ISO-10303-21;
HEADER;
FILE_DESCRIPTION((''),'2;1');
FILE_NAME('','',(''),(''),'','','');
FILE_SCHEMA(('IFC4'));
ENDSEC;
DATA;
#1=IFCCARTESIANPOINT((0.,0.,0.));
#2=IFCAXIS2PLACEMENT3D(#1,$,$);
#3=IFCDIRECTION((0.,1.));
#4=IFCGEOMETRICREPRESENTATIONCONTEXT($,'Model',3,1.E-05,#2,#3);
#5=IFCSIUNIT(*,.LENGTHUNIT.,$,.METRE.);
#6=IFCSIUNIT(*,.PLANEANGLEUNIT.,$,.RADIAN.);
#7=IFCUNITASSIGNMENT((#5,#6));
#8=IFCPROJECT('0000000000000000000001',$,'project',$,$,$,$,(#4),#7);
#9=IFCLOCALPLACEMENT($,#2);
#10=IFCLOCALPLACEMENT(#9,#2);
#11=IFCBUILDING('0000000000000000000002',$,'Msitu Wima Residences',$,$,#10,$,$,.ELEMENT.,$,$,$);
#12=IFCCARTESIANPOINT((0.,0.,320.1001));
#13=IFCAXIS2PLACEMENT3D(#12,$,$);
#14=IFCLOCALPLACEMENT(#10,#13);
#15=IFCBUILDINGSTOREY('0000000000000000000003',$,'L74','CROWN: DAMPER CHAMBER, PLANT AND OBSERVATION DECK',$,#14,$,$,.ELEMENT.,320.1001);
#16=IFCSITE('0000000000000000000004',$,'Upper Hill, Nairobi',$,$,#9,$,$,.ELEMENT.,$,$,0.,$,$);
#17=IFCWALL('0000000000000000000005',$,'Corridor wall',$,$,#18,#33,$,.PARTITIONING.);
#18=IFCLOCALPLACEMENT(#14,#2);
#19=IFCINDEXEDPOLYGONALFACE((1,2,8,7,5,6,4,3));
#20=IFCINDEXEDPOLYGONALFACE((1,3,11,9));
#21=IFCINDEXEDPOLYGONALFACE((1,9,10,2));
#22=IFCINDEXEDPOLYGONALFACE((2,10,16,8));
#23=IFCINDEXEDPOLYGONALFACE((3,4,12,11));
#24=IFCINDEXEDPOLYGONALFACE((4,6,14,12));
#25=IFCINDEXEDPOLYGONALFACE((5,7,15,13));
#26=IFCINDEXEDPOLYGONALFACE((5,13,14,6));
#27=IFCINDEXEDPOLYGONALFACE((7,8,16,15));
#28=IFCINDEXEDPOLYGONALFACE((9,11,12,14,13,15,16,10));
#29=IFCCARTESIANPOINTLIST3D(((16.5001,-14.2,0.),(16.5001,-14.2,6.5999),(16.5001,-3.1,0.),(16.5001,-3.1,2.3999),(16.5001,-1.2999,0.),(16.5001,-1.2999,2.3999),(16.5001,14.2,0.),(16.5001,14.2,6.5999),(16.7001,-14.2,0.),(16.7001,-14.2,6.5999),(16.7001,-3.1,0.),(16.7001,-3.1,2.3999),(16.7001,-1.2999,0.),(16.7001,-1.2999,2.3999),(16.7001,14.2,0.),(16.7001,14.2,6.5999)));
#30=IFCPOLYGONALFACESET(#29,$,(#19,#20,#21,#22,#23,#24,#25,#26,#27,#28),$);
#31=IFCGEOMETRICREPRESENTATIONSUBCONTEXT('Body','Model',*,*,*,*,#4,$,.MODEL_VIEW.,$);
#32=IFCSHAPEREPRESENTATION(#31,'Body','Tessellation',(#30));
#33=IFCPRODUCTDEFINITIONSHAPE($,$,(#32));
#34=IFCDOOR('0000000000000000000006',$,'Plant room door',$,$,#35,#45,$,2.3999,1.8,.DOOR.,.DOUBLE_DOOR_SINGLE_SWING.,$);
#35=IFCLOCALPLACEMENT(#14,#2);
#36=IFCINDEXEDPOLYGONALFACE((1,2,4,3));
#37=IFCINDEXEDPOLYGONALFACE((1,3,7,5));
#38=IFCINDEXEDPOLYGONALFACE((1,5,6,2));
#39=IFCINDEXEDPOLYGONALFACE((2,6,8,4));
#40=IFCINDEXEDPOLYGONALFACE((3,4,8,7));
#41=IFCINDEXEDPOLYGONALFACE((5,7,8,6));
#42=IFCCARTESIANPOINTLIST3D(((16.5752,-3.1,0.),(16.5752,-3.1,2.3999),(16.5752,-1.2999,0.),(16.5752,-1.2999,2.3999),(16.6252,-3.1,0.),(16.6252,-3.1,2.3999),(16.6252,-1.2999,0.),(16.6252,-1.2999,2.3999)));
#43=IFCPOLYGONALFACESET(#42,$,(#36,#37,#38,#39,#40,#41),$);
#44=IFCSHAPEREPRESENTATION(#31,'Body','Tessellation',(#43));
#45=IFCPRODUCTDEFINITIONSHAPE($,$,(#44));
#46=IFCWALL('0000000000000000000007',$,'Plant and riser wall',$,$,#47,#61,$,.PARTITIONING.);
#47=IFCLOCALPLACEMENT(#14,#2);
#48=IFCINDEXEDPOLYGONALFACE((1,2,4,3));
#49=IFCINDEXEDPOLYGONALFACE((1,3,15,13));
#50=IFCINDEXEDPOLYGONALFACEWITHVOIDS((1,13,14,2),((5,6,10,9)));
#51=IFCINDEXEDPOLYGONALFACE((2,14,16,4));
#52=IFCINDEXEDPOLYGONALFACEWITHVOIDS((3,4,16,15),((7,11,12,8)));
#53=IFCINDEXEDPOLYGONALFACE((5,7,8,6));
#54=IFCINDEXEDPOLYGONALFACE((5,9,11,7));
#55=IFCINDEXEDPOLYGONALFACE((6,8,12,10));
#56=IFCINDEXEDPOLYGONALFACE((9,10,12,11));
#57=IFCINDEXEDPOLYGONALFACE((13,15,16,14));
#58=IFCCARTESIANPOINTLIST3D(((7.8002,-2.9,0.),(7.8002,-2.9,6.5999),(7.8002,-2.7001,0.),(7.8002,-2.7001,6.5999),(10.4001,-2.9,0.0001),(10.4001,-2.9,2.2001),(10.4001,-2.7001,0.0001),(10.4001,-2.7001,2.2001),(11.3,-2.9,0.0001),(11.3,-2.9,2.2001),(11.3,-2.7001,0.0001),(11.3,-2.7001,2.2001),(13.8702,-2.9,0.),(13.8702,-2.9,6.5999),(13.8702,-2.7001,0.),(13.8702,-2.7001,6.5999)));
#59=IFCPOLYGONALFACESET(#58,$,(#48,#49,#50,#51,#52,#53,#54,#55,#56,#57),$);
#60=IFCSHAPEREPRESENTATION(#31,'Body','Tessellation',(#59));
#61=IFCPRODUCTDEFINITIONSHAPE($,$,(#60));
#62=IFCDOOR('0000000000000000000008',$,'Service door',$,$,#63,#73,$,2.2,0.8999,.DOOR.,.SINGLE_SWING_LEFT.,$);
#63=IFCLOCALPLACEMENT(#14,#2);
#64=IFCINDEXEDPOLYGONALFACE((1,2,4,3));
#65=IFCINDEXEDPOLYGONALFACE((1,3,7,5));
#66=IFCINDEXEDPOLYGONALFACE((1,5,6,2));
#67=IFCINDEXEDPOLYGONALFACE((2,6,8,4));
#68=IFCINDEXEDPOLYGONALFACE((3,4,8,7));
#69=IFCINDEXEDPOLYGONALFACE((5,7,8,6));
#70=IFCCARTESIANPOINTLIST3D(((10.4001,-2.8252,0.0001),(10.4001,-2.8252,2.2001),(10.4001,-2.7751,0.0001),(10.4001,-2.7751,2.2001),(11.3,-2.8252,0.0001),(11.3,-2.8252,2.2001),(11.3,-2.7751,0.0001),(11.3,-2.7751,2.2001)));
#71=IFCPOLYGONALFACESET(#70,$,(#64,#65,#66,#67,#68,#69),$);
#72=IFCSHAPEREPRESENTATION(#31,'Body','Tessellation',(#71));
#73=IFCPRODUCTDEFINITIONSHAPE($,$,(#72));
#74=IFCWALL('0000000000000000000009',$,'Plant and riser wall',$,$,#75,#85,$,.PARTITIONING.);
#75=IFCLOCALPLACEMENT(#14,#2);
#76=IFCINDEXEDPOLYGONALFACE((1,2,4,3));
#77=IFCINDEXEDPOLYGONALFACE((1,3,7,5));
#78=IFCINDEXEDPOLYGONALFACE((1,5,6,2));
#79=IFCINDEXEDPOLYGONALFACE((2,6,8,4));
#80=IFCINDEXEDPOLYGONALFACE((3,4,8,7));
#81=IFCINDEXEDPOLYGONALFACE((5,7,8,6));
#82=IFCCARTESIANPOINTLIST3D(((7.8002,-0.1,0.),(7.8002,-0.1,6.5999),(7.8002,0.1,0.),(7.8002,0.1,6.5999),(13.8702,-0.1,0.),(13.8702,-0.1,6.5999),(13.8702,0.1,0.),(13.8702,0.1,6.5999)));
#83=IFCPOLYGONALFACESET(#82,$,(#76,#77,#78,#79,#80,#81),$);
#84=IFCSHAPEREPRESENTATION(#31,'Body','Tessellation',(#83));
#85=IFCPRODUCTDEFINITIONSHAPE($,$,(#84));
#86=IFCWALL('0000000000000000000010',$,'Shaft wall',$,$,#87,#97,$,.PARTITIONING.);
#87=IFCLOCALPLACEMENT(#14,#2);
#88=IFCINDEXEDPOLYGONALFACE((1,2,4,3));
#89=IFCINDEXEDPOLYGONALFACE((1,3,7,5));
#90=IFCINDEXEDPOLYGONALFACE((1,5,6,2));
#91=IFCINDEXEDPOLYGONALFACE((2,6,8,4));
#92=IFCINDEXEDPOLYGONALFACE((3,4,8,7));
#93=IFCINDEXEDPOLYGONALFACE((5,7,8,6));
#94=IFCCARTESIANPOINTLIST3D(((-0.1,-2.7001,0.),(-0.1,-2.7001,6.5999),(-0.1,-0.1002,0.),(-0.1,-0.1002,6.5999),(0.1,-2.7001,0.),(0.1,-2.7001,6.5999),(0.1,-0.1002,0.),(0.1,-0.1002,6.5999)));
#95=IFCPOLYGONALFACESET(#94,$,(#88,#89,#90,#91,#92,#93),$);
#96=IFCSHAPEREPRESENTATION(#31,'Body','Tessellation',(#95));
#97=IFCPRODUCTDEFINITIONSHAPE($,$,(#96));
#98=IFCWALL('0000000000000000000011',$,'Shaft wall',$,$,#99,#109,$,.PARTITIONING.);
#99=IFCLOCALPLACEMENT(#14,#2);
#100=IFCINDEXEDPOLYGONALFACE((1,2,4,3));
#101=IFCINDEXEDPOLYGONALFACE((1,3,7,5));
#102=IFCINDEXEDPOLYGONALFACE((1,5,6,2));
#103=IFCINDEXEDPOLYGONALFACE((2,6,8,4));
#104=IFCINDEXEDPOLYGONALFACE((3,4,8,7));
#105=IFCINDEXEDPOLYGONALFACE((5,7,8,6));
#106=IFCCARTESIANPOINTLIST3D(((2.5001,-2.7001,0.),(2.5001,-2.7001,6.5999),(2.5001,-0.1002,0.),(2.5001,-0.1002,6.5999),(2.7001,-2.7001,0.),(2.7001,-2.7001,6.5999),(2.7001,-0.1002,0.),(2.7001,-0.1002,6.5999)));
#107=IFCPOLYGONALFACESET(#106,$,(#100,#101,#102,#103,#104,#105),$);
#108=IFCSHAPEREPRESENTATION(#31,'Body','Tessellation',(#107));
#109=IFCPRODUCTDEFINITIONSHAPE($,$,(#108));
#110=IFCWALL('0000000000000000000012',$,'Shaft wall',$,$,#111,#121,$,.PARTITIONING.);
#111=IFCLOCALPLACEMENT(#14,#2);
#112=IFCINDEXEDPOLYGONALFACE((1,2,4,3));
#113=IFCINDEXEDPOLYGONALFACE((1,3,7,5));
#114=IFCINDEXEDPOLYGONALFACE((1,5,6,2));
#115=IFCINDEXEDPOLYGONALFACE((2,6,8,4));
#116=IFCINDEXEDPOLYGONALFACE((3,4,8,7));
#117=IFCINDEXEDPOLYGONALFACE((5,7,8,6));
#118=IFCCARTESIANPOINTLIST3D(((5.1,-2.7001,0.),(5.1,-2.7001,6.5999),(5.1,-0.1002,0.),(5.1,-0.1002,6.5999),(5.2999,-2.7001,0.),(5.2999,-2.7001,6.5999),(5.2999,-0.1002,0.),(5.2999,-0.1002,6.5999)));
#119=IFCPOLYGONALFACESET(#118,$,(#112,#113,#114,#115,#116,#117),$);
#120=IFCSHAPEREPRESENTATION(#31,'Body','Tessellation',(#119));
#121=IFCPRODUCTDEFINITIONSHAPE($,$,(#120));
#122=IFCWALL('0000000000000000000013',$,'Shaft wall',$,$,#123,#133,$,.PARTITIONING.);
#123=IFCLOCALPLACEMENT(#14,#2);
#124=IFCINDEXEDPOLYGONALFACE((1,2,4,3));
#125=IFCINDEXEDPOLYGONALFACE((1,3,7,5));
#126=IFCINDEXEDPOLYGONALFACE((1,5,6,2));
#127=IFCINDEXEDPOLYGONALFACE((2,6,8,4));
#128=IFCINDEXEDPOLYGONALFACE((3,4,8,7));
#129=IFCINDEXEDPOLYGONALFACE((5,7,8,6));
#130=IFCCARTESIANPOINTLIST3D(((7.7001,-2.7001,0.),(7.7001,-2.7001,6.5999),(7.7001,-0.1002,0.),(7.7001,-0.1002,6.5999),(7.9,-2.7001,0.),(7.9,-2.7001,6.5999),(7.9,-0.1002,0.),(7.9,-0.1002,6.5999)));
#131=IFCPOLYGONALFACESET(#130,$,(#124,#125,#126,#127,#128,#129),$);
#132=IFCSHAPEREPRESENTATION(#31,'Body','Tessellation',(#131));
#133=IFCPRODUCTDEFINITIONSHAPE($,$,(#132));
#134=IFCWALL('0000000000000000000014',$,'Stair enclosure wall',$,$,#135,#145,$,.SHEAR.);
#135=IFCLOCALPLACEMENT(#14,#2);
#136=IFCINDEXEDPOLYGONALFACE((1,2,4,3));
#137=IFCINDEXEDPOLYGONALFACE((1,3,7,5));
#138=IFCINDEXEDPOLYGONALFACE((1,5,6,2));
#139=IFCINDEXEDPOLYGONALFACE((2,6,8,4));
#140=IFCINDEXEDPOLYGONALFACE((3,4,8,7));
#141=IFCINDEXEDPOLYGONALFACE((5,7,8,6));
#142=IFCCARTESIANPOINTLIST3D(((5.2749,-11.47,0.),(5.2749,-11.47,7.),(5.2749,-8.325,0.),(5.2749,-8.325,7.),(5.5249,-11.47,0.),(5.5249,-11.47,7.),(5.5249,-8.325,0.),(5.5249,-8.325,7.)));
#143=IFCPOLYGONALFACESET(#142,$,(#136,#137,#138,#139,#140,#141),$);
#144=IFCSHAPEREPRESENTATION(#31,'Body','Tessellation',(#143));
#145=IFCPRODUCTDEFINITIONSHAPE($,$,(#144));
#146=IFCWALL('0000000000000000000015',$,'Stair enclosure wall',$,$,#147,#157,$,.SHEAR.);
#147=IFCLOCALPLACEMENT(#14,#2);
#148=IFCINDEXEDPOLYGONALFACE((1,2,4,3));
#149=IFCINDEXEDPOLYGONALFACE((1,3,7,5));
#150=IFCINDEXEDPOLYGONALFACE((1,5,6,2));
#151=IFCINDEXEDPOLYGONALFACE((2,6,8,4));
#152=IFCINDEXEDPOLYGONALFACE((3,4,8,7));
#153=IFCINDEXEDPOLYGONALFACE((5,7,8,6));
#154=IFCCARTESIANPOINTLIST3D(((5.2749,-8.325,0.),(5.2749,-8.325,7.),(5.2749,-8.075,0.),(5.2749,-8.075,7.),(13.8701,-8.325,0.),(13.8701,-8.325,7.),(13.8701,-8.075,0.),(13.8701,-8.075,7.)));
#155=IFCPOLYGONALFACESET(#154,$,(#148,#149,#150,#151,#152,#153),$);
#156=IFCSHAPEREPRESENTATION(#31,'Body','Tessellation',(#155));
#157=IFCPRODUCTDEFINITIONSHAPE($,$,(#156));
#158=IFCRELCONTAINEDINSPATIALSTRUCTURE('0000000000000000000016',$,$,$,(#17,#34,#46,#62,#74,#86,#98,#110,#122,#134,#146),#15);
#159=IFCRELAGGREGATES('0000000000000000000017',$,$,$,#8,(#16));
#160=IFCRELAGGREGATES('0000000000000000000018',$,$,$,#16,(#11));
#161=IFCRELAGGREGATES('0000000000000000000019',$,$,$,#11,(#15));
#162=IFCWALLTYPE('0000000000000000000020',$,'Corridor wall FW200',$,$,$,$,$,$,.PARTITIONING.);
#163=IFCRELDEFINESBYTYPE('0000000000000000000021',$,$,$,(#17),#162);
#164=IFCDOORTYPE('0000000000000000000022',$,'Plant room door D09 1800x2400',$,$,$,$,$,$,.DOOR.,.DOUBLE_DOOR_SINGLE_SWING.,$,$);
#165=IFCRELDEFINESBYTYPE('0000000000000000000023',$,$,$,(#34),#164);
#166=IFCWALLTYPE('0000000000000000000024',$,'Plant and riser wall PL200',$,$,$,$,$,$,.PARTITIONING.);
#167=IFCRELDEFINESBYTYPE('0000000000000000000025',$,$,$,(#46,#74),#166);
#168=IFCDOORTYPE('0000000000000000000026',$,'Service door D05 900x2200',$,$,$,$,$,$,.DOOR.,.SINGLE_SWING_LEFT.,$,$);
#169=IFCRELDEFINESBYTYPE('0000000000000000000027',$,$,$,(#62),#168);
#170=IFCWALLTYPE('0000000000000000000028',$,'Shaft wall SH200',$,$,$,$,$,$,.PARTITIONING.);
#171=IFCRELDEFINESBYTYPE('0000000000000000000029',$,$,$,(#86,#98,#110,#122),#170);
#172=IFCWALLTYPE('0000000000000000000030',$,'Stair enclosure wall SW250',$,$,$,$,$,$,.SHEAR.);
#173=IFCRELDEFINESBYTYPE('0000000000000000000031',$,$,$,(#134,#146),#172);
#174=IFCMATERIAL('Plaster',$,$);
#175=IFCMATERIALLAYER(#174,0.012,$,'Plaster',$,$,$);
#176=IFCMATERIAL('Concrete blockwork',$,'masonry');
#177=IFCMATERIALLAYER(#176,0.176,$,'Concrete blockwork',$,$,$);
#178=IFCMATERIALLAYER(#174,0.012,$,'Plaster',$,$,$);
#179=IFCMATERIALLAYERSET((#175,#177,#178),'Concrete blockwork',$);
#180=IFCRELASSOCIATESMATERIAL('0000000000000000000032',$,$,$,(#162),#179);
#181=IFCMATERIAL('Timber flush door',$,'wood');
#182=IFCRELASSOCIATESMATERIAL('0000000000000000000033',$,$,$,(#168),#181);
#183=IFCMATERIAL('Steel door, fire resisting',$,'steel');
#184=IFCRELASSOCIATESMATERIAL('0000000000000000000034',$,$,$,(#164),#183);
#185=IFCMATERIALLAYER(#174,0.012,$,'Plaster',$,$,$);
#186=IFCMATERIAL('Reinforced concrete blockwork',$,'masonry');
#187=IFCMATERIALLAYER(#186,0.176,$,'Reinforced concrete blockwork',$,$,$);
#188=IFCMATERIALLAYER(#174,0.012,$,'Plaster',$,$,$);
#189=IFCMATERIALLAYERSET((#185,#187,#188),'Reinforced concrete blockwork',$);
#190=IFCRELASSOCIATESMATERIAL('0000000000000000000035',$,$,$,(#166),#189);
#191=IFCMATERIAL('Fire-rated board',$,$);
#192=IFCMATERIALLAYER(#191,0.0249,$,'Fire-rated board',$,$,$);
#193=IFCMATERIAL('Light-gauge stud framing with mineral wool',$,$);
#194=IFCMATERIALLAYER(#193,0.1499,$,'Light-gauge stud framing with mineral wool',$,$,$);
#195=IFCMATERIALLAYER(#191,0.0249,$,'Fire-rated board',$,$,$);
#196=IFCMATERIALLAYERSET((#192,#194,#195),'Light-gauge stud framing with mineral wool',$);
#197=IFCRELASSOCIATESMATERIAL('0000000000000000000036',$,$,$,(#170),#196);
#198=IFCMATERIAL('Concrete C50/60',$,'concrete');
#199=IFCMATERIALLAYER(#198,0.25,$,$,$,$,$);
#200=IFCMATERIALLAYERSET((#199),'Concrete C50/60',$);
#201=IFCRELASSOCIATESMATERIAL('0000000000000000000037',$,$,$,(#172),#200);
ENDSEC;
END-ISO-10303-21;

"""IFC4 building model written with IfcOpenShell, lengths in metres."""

from ifc_helpers import new_model, si_unit, direction, frame, frame_2d, origin, place, context, subcontext, project, spatial, rectangle, extrude, material, layer, layer_set, type_object, element, fill, save


model = new_model("IFC4")

# Units and contexts
model_context = context("Model", 3, precision=1e-05, world=origin(), true_north=direction((0.0, 1.0)))
body_context = subcontext(model_context, "Body", "Model", "MODEL_VIEW")
ifc_project = project(units=[si_unit("LENGTHUNIT", "METRE"), si_unit("PLANEANGLEUNIT", "RADIAN")], contexts=[model_context])

# Site, building, storey
site_placement = place(None, origin())
site = spatial("IfcSite", under=ifc_project, at=site_placement, Name="Upper Hill, Nairobi", CompositionType="ELEMENT", RefElevation=0.0)
building_placement = place(site_placement, origin())
building = spatial("IfcBuilding", under=site, at=building_placement, Name="Msitu Wima Residences", CompositionType="ELEMENT")
storey_placement = place(building_placement, frame((0.0, 0.0, 320.1001)))
storey = spatial("IfcBuildingStorey", under=building, at=storey_placement, Name="L74", Description="CROWN: DAMPER CHAMBER, PLANT AND OBSERVATION DECK", CompositionType="ELEMENT", Elevation=320.1001)

# Wall, opening, door
ifc_material_1 = material(Name="Concrete C50/60", Category="concrete")
ifc_material_2 = material(Name="Plaster")
ifc_layer_1 = layer(ifc_material_2, 0.012, Name="Plaster")
ifc_material_3 = material(Name="Concrete blockwork", Category="masonry")
ifc_layer_2 = layer(ifc_material_3, 0.176, Name="Concrete blockwork")
ifc_layer_3 = layer(ifc_material_2, 0.012, Name="Plaster")
ifc_layer_set_1 = layer_set([ifc_layer_1, ifc_layer_2, ifc_layer_3], Name="Concrete blockwork")
wall_type_1 = type_object("IfcWallType", Name="Corridor wall FW200", PredefinedType="PARTITIONING", material=ifc_layer_set_1)
ifc_material_4 = material(Name="Timber flush door", Category="wood")
door_type_1 = type_object("IfcDoorType", Name="Service door D05 900x2200", OperationType="SINGLE_SWING_LEFT", PredefinedType="DOOR", material=ifc_material_4)
wall_1_placement = place(storey_placement, frame((16.6001, -14.2, 0.0), z_axis=(0.0, 0.0, 1.0), x_axis=(0.0, 1.0, 0.0)))
wall_1 = element("IfcWall", 1, at=wall_1_placement, inside=storey, type_object=wall_type_1, Name="Corridor wall", PredefinedType="PARTITIONING", context=body_context, shape_type="SweptSolid", body=[
    extrude(rectangle(XDim=28.3999, YDim=0.2, at=frame_2d((14.2, 0.0))), origin(), (0.0, 0.0, 1.0), 6.5999),
])
opening_1_placement = place(wall_1_placement, frame((11.1001, 0.0, 0.0)))
opening_1 = element("IfcOpeningElement", 2, at=opening_1_placement, cuts=wall_1, PredefinedType="OPENING", context=body_context, shape_type="SweptSolid", body=[
    extrude(rectangle(XDim=1.8, YDim=2.3999, at=frame_2d((0.8999, 1.2))), frame((0.0, 0.1099, 0.0), z_axis=(0.0, -1.0, 0.0), x_axis=(1.0, 0.0, 0.0)), (0.0, 0.0, 1.0), 0.22),
])
ifc_material_5 = material(Name="Steel door, fire resisting", Category="steel")
door_type_2 = type_object("IfcDoorType", Name="Plant room door D09 1800x2400", OperationType="DOUBLE_DOOR_SINGLE_SWING", PredefinedType="DOOR", material=ifc_material_5)
door_1_placement = place(opening_1_placement, origin())
door_1 = element("IfcDoor", 3, at=door_1_placement, inside=storey, type_object=door_type_2, Name="Plant room door", OperationType="DOUBLE_DOOR_SINGLE_SWING", OverallHeight=2.3999, OverallWidth=1.8, PredefinedType="DOOR", context=body_context, shape_type="SweptSolid", body=[
    extrude(rectangle(XDim=1.8, YDim=2.3999, at=frame_2d((0.8999, 1.2))), frame((0.0, 0.0249, 0.0), z_axis=(0.0, -1.0, 0.0), x_axis=(1.0, 0.0, 0.0)), (0.0, 0.0, 1.0), 0.05),
])
fill(opening_1, door_1)

# Shared definitions
ifc_layer_4 = layer(ifc_material_2, 0.012, Name="Plaster")
ifc_material_6 = material(Name="Reinforced concrete blockwork", Category="masonry")
ifc_layer_5 = layer(ifc_material_6, 0.176, Name="Reinforced concrete blockwork")
ifc_layer_6 = layer(ifc_material_2, 0.012, Name="Plaster")
ifc_layer_set_2 = layer_set([ifc_layer_4, ifc_layer_5, ifc_layer_6], Name="Reinforced concrete blockwork")
wall_type_2 = type_object("IfcWallType", Name="Plant and riser wall PL200", PredefinedType="PARTITIONING", material=ifc_layer_set_2)

# Wall, opening, door
wall_2_placement = place(storey_placement, frame((7.8, -2.8, 0.0), z_axis=(0.0, 0.0, 1.0), x_axis=(1.0, 0.0, 0.0)))
wall_2 = element("IfcWall", 4, at=wall_2_placement, inside=storey, type_object=wall_type_2, Name="Plant and riser wall", PredefinedType="PARTITIONING", context=body_context, shape_type="SweptSolid", body=[
    extrude(rectangle(XDim=6.0701, YDim=0.2, at=frame_2d((3.0352, 0.0))), origin(), (0.0, 0.0, 1.0), 6.5999),
])
opening_2_placement = place(wall_2_placement, frame((2.6001, 0.0, 0.0)))
opening_2 = element("IfcOpeningElement", 5, at=opening_2_placement, cuts=wall_2, PredefinedType="OPENING", context=body_context, shape_type="SweptSolid", body=[
    extrude(rectangle(XDim=0.8999, YDim=2.2, at=frame_2d((0.45, 1.1001))), frame((0.0, 0.1099, 0.0), z_axis=(0.0, -1.0, 0.0), x_axis=(1.0, 0.0, 0.0)), (0.0, 0.0, 1.0), 0.22),
])
door_2_placement = place(opening_2_placement, origin())
door_2 = element("IfcDoor", 6, at=door_2_placement, inside=storey, type_object=door_type_1, Name="Service door", OperationType="SINGLE_SWING_LEFT", OverallHeight=2.2, OverallWidth=0.8999, PredefinedType="DOOR", context=body_context, shape_type="SweptSolid", body=[
    extrude(rectangle(XDim=0.8999, YDim=2.2, at=frame_2d((0.45, 1.1001))), frame((0.0, 0.0249, 0.0), z_axis=(0.0, -1.0, 0.0), x_axis=(1.0, 0.0, 0.0)), (0.0, 0.0, 1.0), 0.05),
])
fill(opening_2, door_2)

# Wall
wall_3_placement = place(storey_placement, frame((7.8, 0.0, 0.0), z_axis=(0.0, 0.0, 1.0), x_axis=(1.0, 0.0, 0.0)))
element("IfcWall", 7, at=wall_3_placement, inside=storey, type_object=wall_type_2, Name="Plant and riser wall", PredefinedType="PARTITIONING", context=body_context, shape_type="SweptSolid", body=[
    extrude(rectangle(XDim=6.0701, YDim=0.2, at=frame_2d((3.0352, 0.0))), origin(), (0.0, 0.0, 1.0), 6.5999),
])

# Walls
ifc_material_7 = material(Name="Fire-rated board")
ifc_layer_7 = layer(ifc_material_7, 0.0249, Name="Fire-rated board")
ifc_material_8 = material(Name="Light-gauge stud framing with mineral wool")
ifc_layer_8 = layer(ifc_material_8, 0.1499, Name="Light-gauge stud framing with mineral wool")
ifc_layer_9 = layer(ifc_material_7, 0.0249, Name="Fire-rated board")
ifc_layer_set_3 = layer_set([ifc_layer_7, ifc_layer_8, ifc_layer_9], Name="Light-gauge stud framing with mineral wool")
wall_type_3 = type_object("IfcWallType", Name="Shaft wall SH200", PredefinedType="PARTITIONING", material=ifc_layer_set_3)
for number, where, z_axis, x_axis, name in (
    (8, (0.0, -2.7, 0.0), (0.0, 0.0, 1.0), (0.0, 1.0, 0.0), "Shaft wall"),
    (9, (2.6001, -2.7, 0.0), (0.0, 0.0, 1.0), (0.0, 1.0, 0.0), "Shaft wall"),
    (10, (5.2, -2.7, 0.0), (0.0, 0.0, 1.0), (0.0, 1.0, 0.0), "Shaft wall"),
    (11, (7.8, -2.7, 0.0), (0.0, 0.0, 1.0), (0.0, 1.0, 0.0), "Shaft wall"),
):
    element("IfcWall", number, at=place(storey_placement, frame(where, z_axis=z_axis, x_axis=x_axis)), inside=storey, type_object=wall_type_3, Name=name, PredefinedType="PARTITIONING", context=body_context, shape_type="SweptSolid", body=[
        extrude(rectangle(XDim=2.5999, YDim=0.2, at=frame_2d((1.2998, 0.0))), origin(), (0.0, 0.0, 1.0), 6.5999),
    ])
ifc_layer_10 = layer(ifc_material_1, 0.25)
ifc_layer_set_4 = layer_set([ifc_layer_10], Name="Concrete C50/60")
wall_type_4 = type_object("IfcWallType", Name="Stair enclosure wall SW250", PredefinedType="SHEAR", material=ifc_layer_set_4)
wall_4_placement = place(storey_placement, frame((5.3999, -11.47, 0.0), z_axis=(0.0, 0.0, 1.0), x_axis=(0.0, 1.0, 0.0)))
element("IfcWall", 12, at=wall_4_placement, inside=storey, type_object=wall_type_4, Name="Stair enclosure wall", PredefinedType="SHEAR", context=body_context, shape_type="SweptSolid", body=[
    extrude(rectangle(XDim=3.145, YDim=0.25, at=frame_2d((1.5725, 0.0))), origin(), (0.0, 0.0, 1.0), 7.0),
])
wall_5_placement = place(storey_placement, frame((5.2749, -8.2, 0.0), z_axis=(0.0, 0.0, 1.0), x_axis=(1.0, 0.0, 0.0)))
element("IfcWall", 13, at=wall_5_placement, inside=storey, type_object=wall_type_4, Name="Stair enclosure wall", PredefinedType="SHEAR", context=body_context, shape_type="SweptSolid", body=[
    extrude(rectangle(XDim=8.5952, YDim=0.25, at=frame_2d((4.2976, 0.0))), origin(), (0.0, 0.0, 1.0), 7.0),
])

save(model, "model.ifc")
